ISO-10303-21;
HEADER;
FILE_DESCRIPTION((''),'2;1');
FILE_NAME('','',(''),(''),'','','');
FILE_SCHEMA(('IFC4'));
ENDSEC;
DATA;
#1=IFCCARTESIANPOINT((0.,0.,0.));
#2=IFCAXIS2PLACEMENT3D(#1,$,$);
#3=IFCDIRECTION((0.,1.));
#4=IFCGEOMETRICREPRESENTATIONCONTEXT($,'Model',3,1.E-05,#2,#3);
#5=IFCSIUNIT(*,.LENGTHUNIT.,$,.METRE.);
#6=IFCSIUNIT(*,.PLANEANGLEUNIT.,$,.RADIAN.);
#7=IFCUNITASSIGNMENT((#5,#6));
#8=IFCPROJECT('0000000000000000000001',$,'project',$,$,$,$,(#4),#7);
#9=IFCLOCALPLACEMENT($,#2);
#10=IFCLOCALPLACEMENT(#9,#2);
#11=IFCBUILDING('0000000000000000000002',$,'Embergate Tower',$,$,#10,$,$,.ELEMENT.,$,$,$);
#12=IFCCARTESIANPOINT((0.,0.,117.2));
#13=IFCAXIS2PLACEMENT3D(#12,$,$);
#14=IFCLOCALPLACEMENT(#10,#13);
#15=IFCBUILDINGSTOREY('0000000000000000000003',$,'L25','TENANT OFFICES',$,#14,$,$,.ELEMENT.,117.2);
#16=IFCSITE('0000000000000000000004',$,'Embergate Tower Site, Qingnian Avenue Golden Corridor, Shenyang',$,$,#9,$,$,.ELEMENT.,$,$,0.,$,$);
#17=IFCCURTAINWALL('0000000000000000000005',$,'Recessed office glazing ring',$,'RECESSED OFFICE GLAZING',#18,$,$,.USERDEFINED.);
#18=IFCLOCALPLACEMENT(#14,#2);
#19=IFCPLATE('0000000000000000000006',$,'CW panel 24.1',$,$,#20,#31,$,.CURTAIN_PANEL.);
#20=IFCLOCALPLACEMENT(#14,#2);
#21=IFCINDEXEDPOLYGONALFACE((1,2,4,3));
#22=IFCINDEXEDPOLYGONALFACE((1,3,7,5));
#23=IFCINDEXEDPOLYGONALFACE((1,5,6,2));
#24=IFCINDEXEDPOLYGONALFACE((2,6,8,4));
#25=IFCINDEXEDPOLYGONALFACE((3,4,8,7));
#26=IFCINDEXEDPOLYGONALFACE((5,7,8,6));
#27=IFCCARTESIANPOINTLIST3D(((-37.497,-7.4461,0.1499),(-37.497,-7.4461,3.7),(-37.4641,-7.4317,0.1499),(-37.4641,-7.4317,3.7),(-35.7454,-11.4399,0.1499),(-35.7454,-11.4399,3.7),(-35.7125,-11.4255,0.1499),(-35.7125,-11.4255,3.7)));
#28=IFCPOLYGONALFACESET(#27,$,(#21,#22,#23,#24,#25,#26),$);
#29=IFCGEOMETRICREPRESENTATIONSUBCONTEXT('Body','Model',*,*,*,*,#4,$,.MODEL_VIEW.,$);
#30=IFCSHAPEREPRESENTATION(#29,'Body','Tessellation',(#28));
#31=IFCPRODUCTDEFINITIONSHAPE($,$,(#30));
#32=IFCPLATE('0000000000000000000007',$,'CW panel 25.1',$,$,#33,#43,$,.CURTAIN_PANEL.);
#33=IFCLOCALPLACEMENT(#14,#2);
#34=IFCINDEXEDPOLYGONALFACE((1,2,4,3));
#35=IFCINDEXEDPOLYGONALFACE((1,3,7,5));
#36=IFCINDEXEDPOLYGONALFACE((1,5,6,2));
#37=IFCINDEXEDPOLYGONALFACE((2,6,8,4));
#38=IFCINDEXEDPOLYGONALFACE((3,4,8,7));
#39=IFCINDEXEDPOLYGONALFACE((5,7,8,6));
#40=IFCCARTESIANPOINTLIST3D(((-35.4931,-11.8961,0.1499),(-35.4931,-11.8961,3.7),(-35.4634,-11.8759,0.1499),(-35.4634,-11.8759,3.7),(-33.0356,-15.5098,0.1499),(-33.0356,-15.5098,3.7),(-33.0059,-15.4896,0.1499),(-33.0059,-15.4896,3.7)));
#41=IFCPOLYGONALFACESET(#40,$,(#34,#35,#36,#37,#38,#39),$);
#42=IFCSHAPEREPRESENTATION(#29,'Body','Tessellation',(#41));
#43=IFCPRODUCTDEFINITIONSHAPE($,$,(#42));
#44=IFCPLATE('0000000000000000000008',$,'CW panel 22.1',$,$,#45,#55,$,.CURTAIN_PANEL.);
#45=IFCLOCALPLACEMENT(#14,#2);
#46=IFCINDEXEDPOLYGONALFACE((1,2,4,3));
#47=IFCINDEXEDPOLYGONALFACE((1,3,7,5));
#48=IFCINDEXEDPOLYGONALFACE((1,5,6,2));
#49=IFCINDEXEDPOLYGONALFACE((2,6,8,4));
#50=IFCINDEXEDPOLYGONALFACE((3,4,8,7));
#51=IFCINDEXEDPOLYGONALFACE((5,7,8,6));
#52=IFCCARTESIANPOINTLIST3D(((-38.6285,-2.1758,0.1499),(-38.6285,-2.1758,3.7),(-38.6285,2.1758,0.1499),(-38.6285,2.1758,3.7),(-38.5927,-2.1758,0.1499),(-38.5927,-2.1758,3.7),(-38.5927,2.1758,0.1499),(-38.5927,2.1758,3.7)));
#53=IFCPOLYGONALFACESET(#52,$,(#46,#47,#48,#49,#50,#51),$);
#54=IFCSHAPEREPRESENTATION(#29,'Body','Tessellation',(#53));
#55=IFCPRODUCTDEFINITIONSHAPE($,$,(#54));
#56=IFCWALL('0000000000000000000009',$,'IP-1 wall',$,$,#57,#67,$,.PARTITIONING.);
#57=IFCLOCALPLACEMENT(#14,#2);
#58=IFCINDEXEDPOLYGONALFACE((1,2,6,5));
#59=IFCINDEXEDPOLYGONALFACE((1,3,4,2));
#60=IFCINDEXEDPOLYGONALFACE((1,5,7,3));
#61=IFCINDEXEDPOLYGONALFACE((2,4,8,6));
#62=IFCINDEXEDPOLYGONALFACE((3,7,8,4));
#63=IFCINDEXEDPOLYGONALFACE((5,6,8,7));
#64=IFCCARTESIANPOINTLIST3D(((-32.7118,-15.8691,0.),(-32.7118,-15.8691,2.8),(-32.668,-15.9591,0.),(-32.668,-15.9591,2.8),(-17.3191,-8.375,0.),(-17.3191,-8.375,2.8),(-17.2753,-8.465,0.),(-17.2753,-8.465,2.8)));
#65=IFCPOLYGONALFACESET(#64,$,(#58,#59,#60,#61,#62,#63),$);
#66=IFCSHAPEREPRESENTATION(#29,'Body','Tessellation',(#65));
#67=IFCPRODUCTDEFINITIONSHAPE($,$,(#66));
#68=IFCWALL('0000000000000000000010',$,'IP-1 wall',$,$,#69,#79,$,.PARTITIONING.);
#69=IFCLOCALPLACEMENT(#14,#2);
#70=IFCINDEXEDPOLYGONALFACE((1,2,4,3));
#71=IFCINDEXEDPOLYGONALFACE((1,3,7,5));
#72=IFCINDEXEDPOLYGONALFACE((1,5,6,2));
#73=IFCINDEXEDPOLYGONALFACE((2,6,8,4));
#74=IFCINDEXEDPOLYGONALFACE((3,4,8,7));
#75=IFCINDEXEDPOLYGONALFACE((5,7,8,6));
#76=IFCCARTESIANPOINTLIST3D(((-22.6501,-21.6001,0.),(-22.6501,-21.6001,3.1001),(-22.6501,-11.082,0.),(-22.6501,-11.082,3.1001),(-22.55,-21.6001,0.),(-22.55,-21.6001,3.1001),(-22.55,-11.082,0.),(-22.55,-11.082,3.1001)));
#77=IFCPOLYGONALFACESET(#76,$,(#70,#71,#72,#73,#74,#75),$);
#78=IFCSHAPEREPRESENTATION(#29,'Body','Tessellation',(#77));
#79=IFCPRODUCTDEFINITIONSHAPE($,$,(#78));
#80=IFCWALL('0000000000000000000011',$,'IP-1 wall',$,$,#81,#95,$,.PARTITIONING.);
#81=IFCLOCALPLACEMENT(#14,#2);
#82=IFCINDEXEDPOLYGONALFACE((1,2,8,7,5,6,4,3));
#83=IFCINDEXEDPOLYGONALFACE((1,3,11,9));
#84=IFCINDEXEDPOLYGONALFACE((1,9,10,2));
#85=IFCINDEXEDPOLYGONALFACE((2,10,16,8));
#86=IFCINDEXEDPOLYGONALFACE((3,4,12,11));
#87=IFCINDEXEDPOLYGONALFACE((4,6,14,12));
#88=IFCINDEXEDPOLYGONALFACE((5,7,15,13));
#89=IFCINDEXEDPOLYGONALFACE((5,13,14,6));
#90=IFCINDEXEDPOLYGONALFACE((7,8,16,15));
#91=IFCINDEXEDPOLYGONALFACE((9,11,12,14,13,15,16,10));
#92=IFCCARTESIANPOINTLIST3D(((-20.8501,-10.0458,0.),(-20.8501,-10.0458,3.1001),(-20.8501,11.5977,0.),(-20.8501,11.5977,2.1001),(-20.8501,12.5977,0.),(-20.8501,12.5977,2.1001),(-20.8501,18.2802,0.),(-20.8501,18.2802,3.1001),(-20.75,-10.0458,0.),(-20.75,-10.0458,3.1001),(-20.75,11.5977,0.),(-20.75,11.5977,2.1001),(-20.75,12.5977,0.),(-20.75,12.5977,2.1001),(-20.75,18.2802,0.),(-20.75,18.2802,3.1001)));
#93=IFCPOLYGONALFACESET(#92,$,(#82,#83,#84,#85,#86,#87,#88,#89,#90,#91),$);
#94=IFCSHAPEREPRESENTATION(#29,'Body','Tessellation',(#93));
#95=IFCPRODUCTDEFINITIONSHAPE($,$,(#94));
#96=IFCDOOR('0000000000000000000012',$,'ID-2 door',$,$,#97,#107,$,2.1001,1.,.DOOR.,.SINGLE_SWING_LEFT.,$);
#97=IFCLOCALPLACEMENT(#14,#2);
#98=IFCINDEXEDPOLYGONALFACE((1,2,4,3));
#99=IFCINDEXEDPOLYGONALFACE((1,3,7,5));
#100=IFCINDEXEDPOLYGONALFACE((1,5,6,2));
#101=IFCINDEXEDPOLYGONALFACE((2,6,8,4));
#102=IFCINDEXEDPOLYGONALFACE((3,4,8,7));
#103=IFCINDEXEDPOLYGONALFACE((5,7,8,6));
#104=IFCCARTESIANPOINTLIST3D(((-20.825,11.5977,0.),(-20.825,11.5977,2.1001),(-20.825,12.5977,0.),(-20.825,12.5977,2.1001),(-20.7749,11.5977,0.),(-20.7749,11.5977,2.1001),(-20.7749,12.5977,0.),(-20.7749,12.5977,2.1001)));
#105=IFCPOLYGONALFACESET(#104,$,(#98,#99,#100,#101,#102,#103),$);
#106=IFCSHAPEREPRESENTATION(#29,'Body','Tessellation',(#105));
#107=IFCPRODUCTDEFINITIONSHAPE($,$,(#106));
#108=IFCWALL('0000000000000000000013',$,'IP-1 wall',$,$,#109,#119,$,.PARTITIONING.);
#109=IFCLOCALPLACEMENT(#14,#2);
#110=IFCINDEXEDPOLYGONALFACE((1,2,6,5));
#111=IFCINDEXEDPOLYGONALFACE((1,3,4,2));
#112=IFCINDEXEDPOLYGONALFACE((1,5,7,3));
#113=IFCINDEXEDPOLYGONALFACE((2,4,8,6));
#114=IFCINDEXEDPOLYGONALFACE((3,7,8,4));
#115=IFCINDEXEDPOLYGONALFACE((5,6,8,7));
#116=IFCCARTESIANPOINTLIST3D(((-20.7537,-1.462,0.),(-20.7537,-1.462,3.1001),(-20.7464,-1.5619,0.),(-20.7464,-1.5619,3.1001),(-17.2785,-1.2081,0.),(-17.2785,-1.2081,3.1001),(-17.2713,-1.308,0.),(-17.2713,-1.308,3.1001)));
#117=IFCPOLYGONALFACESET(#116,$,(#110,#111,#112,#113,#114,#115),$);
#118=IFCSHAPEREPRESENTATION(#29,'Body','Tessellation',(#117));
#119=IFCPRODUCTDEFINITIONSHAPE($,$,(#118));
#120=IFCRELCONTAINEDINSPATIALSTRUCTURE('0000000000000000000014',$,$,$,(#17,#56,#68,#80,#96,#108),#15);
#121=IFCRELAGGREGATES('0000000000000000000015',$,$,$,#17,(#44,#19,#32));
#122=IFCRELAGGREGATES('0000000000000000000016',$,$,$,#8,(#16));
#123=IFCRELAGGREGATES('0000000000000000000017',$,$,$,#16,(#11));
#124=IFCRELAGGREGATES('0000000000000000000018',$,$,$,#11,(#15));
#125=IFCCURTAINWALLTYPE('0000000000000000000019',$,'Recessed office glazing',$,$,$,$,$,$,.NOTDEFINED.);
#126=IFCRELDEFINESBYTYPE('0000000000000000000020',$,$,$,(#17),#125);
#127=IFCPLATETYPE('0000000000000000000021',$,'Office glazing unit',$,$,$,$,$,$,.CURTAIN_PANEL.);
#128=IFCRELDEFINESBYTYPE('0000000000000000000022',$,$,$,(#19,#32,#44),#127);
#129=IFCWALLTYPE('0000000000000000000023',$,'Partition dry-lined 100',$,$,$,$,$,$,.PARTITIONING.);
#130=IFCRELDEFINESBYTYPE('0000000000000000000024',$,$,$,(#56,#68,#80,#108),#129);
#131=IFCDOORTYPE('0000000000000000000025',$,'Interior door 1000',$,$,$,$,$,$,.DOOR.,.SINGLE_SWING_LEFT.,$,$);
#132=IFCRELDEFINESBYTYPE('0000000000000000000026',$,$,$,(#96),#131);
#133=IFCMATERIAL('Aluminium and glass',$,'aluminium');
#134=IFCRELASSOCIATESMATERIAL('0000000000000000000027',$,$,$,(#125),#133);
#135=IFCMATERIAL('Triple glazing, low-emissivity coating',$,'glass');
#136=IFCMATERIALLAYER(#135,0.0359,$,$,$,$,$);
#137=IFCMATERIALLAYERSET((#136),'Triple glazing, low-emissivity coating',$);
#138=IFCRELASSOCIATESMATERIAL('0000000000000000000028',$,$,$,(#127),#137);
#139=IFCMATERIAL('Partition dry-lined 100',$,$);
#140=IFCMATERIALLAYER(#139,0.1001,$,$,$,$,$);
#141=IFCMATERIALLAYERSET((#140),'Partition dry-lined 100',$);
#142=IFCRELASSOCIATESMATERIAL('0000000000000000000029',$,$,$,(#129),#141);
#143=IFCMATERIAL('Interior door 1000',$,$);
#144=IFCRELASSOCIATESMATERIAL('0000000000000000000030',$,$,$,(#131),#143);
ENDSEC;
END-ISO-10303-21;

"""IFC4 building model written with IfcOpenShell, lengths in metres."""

from ifc_helpers import new_model, si_unit, direction, frame, frame_2d, origin, origin_2d, place, context, subcontext, project, spatial, rectangle, extrude, source, transform, mapped, material, layer, layer_set, type_object, element, fill, aggregate, save


model = new_model("IFC4")

# Units and contexts
model_context = context("Model", 3, precision=1e-05, world=origin(), true_north=direction((0.0, 1.0)))
body_context = subcontext(model_context, "Body", "Model", "MODEL_VIEW")
ifc_project = project(units=[si_unit("LENGTHUNIT", "METRE"), si_unit("PLANEANGLEUNIT", "RADIAN")], contexts=[model_context])

# Site, building, storey
site_placement = place(None, origin())
site = spatial("IfcSite", under=ifc_project, at=site_placement, Name="Embergate Tower Site, Qingnian Avenue Golden Corridor, Shenyang", CompositionType="ELEMENT", RefElevation=0.0)
building_placement = place(site_placement, origin())
building = spatial("IfcBuilding", under=site, at=building_placement, Name="Embergate Tower", CompositionType="ELEMENT")
storey_placement = place(building_placement, frame((0.0, 0.0, 117.2)))
storey = spatial("IfcBuildingStorey", under=building, at=storey_placement, Name="L25", Description="TENANT OFFICES", CompositionType="ELEMENT", Elevation=117.2)

# Curtain wall, plates
ifc_material_1 = material(Name="Aluminium and glass", Category="aluminium")
curtain_wall_type = type_object("IfcCurtainWallType", Name="Recessed office glazing", PredefinedType="NOTDEFINED", material=ifc_material_1)
curtain_wall_placement = place(storey_placement, origin())
curtain_wall = element("IfcCurtainWall", 1, at=curtain_wall_placement, inside=storey, type_object=curtain_wall_type, Name="Recessed office glazing ring", ObjectType="RECESSED OFFICE GLAZING", PredefinedType="USERDEFINED")
ifc_material_2 = material(Name="Triple glazing, low-emissivity coating", Category="glass")
ifc_layer_1 = layer(ifc_material_2, 0.0359)
ifc_layer_set_1 = layer_set([ifc_layer_1], Name="Triple glazing, low-emissivity coating")
plate_type = type_object("IfcPlateType", Name="Office glazing unit", PredefinedType="CURTAIN_PANEL", material=ifc_layer_set_1)
shared_shape_1 = source(origin(), body_context, "Body", "SweptSolid", [
    extrude(rectangle(XDim=4.3611, YDim=0.0359, at=origin_2d()), origin(), (0.0, 0.0, 1.0), 3.55),
])
plate_1_placement = place(storey_placement, frame((-36.6047, -9.4358, 0.1499), z_axis=(0.0, 0.0, 1.0), x_axis=(0.401647, -0.915794, 0.0)))
plate_1 = element("IfcPlate", 2, at=plate_1_placement, type_object=plate_type, Name="CW panel 24.1", PredefinedType="CURTAIN_PANEL", context=body_context, shape_type="MappedRepresentation", body=[
    mapped(shared_shape_1, transform((0.0, 0.0, 0.0))),
])
shared_shape_2 = source(origin(), body_context, "Body", "SweptSolid", [
    extrude(rectangle(XDim=4.3701, YDim=0.0359, at=origin_2d()), origin(), (0.0, 0.0, 1.0), 3.55),
])
plate_2_placement = place(storey_placement, frame((-34.2495, -13.6929, 0.1499), z_axis=(0.0, 0.0, 1.0), x_axis=(0.562337, -0.826908, 0.0)))
plate_2 = element("IfcPlate", 3, at=plate_2_placement, type_object=plate_type, Name="CW panel 25.1", PredefinedType="CURTAIN_PANEL", context=body_context, shape_type="MappedRepresentation", body=[
    mapped(shared_shape_2, transform((0.0, 0.0, 0.0))),
])
shared_shape_3 = source(origin(), body_context, "Body", "SweptSolid", [
    extrude(rectangle(XDim=4.3516, YDim=0.0359, at=origin_2d()), origin(), (0.0, 0.0, 1.0), 3.55),
])
plate_3_placement = place(storey_placement, frame((-38.6106, 0.0, 0.1499), z_axis=(0.0, 0.0, 1.0), x_axis=(0.0, -1.0, 0.0)))
plate_3 = element("IfcPlate", 4, at=plate_3_placement, type_object=plate_type, Name="CW panel 22.1", PredefinedType="CURTAIN_PANEL", context=body_context, shape_type="MappedRepresentation", body=[
    mapped(shared_shape_3, transform((0.0, 0.0, 0.0))),
])
aggregate(curtain_wall, [plate_3, plate_1, plate_2])

# Walls
ifc_material_3 = material(Name="Partition dry-lined 100")
ifc_layer_2 = layer(ifc_material_3, 0.1001)
ifc_layer_set_2 = layer_set([ifc_layer_2], Name="Partition dry-lined 100")
wall_type = type_object("IfcWallType", Name="Partition dry-lined 100", PredefinedType="PARTITIONING", material=ifc_layer_set_2)
shared_shape_4 = source(origin(), body_context, "Body", "SweptSolid", [
    extrude(rectangle(XDim=17.1201, YDim=0.1001, at=frame_2d((8.5601, 0.0))), origin(), (0.0, 0.0, 1.0), 2.8),
])
wall_1_placement = place(storey_placement, frame((-32.6899, -15.9141, 0.0), z_axis=(0.0, 0.0, 1.0), x_axis=(0.899103, 0.437737, 0.0)))
element("IfcWall", 5, at=wall_1_placement, inside=storey, type_object=wall_type, Name="IP-1 wall", PredefinedType="PARTITIONING", context=body_context, shape_type="MappedRepresentation", body=[
    mapped(shared_shape_4, transform((0.0, 0.0, 0.0))),
])
shared_shape_5 = source(origin(), body_context, "Body", "SweptSolid", [
    extrude(rectangle(XDim=10.5181, YDim=0.1001, at=frame_2d((5.259, 0.0))), origin(), (0.0, 0.0, 1.0), 3.1001),
])
wall_2_placement = place(storey_placement, frame((-22.6001, -11.082, 0.0), z_axis=(0.0, 0.0, 1.0), x_axis=(0.0, -1.0, 0.0)))
element("IfcWall", 6, at=wall_2_placement, inside=storey, type_object=wall_type, Name="IP-1 wall", PredefinedType="PARTITIONING", context=body_context, shape_type="MappedRepresentation", body=[
    mapped(shared_shape_5, transform((0.0, 0.0, 0.0))),
])

# Wall, opening, door
shared_shape_6 = source(origin(), body_context, "Body", "SweptSolid", [
    extrude(rectangle(XDim=28.3259, YDim=0.1001, at=frame_2d((14.1631, 0.0))), origin(), (0.0, 0.0, 1.0), 3.1001),
])
wall_3_placement = place(storey_placement, frame((-20.8, -10.0459, 0.0), z_axis=(0.0, 0.0, 1.0), x_axis=(0.0, 1.0, 0.0)))
wall_3 = element("IfcWall", 7, at=wall_3_placement, inside=storey, type_object=wall_type, Name="IP-1 wall", PredefinedType="PARTITIONING", context=body_context, shape_type="MappedRepresentation", body=[
    mapped(shared_shape_6, transform((0.0, 0.0, 0.0))),
])
shared_shape_7 = source(origin(), body_context, "Body", "SweptSolid", [
    extrude(rectangle(XDim=1.0, YDim=2.1001, at=frame_2d((0.5, 1.05))), frame((0.0, 0.0601, 0.0), z_axis=(0.0, -1.0, 0.0), x_axis=(1.0, 0.0, 0.0)), (0.0, 0.0, 1.0), 0.1201),
])
opening_placement = place(wall_3_placement, frame((21.6436, 0.0, 0.0)))
opening = element("IfcOpeningElement", 8, at=opening_placement, cuts=wall_3, PredefinedType="OPENING", context=body_context, shape_type="MappedRepresentation", body=[
    mapped(shared_shape_7, transform((0.0, 0.0, 0.0))),
])
ifc_material_4 = material(Name="Interior door 1000")
door_type = type_object("IfcDoorType", Name="Interior door 1000", OperationType="SINGLE_SWING_LEFT", PredefinedType="DOOR", material=ifc_material_4)
shared_shape_8 = source(origin(), body_context, "Body", "SweptSolid", [
    extrude(rectangle(XDim=1.0, YDim=2.1001, at=frame_2d((0.5, 1.05))), frame((0.0, 0.0249, 0.0), z_axis=(0.0, -1.0, 0.0), x_axis=(1.0, 0.0, 0.0)), (0.0, 0.0, 1.0), 0.05),
])
door_placement = place(opening_placement, origin())
door = element("IfcDoor", 9, at=door_placement, inside=storey, type_object=door_type, Name="ID-2 door", OperationType="SINGLE_SWING_LEFT", OverallHeight=2.1001, OverallWidth=1.0, PredefinedType="DOOR", context=body_context, shape_type="MappedRepresentation", body=[
    mapped(shared_shape_8, transform((0.0, 0.0, 0.0))),
])
fill(opening, door)

# Wall
shared_shape_9 = source(origin(), body_context, "Body", "SweptSolid", [
    extrude(rectangle(XDim=3.4844, YDim=0.1001, at=frame_2d((1.7422, 0.0))), origin(), (0.0, 0.0, 1.0), 3.1001),
])
wall_4_placement = place(storey_placement, frame((-17.2749, -1.2581, 0.0), z_axis=(0.0, 0.0, 1.0), x_axis=(-0.997341, -0.07287, 0.0)))
element("IfcWall", 10, at=wall_4_placement, inside=storey, type_object=wall_type, Name="IP-1 wall", PredefinedType="PARTITIONING", context=body_context, shape_type="MappedRepresentation", body=[
    mapped(shared_shape_9, transform((0.0, 0.0, 0.0))),
])

save(model, "model.ifc")
